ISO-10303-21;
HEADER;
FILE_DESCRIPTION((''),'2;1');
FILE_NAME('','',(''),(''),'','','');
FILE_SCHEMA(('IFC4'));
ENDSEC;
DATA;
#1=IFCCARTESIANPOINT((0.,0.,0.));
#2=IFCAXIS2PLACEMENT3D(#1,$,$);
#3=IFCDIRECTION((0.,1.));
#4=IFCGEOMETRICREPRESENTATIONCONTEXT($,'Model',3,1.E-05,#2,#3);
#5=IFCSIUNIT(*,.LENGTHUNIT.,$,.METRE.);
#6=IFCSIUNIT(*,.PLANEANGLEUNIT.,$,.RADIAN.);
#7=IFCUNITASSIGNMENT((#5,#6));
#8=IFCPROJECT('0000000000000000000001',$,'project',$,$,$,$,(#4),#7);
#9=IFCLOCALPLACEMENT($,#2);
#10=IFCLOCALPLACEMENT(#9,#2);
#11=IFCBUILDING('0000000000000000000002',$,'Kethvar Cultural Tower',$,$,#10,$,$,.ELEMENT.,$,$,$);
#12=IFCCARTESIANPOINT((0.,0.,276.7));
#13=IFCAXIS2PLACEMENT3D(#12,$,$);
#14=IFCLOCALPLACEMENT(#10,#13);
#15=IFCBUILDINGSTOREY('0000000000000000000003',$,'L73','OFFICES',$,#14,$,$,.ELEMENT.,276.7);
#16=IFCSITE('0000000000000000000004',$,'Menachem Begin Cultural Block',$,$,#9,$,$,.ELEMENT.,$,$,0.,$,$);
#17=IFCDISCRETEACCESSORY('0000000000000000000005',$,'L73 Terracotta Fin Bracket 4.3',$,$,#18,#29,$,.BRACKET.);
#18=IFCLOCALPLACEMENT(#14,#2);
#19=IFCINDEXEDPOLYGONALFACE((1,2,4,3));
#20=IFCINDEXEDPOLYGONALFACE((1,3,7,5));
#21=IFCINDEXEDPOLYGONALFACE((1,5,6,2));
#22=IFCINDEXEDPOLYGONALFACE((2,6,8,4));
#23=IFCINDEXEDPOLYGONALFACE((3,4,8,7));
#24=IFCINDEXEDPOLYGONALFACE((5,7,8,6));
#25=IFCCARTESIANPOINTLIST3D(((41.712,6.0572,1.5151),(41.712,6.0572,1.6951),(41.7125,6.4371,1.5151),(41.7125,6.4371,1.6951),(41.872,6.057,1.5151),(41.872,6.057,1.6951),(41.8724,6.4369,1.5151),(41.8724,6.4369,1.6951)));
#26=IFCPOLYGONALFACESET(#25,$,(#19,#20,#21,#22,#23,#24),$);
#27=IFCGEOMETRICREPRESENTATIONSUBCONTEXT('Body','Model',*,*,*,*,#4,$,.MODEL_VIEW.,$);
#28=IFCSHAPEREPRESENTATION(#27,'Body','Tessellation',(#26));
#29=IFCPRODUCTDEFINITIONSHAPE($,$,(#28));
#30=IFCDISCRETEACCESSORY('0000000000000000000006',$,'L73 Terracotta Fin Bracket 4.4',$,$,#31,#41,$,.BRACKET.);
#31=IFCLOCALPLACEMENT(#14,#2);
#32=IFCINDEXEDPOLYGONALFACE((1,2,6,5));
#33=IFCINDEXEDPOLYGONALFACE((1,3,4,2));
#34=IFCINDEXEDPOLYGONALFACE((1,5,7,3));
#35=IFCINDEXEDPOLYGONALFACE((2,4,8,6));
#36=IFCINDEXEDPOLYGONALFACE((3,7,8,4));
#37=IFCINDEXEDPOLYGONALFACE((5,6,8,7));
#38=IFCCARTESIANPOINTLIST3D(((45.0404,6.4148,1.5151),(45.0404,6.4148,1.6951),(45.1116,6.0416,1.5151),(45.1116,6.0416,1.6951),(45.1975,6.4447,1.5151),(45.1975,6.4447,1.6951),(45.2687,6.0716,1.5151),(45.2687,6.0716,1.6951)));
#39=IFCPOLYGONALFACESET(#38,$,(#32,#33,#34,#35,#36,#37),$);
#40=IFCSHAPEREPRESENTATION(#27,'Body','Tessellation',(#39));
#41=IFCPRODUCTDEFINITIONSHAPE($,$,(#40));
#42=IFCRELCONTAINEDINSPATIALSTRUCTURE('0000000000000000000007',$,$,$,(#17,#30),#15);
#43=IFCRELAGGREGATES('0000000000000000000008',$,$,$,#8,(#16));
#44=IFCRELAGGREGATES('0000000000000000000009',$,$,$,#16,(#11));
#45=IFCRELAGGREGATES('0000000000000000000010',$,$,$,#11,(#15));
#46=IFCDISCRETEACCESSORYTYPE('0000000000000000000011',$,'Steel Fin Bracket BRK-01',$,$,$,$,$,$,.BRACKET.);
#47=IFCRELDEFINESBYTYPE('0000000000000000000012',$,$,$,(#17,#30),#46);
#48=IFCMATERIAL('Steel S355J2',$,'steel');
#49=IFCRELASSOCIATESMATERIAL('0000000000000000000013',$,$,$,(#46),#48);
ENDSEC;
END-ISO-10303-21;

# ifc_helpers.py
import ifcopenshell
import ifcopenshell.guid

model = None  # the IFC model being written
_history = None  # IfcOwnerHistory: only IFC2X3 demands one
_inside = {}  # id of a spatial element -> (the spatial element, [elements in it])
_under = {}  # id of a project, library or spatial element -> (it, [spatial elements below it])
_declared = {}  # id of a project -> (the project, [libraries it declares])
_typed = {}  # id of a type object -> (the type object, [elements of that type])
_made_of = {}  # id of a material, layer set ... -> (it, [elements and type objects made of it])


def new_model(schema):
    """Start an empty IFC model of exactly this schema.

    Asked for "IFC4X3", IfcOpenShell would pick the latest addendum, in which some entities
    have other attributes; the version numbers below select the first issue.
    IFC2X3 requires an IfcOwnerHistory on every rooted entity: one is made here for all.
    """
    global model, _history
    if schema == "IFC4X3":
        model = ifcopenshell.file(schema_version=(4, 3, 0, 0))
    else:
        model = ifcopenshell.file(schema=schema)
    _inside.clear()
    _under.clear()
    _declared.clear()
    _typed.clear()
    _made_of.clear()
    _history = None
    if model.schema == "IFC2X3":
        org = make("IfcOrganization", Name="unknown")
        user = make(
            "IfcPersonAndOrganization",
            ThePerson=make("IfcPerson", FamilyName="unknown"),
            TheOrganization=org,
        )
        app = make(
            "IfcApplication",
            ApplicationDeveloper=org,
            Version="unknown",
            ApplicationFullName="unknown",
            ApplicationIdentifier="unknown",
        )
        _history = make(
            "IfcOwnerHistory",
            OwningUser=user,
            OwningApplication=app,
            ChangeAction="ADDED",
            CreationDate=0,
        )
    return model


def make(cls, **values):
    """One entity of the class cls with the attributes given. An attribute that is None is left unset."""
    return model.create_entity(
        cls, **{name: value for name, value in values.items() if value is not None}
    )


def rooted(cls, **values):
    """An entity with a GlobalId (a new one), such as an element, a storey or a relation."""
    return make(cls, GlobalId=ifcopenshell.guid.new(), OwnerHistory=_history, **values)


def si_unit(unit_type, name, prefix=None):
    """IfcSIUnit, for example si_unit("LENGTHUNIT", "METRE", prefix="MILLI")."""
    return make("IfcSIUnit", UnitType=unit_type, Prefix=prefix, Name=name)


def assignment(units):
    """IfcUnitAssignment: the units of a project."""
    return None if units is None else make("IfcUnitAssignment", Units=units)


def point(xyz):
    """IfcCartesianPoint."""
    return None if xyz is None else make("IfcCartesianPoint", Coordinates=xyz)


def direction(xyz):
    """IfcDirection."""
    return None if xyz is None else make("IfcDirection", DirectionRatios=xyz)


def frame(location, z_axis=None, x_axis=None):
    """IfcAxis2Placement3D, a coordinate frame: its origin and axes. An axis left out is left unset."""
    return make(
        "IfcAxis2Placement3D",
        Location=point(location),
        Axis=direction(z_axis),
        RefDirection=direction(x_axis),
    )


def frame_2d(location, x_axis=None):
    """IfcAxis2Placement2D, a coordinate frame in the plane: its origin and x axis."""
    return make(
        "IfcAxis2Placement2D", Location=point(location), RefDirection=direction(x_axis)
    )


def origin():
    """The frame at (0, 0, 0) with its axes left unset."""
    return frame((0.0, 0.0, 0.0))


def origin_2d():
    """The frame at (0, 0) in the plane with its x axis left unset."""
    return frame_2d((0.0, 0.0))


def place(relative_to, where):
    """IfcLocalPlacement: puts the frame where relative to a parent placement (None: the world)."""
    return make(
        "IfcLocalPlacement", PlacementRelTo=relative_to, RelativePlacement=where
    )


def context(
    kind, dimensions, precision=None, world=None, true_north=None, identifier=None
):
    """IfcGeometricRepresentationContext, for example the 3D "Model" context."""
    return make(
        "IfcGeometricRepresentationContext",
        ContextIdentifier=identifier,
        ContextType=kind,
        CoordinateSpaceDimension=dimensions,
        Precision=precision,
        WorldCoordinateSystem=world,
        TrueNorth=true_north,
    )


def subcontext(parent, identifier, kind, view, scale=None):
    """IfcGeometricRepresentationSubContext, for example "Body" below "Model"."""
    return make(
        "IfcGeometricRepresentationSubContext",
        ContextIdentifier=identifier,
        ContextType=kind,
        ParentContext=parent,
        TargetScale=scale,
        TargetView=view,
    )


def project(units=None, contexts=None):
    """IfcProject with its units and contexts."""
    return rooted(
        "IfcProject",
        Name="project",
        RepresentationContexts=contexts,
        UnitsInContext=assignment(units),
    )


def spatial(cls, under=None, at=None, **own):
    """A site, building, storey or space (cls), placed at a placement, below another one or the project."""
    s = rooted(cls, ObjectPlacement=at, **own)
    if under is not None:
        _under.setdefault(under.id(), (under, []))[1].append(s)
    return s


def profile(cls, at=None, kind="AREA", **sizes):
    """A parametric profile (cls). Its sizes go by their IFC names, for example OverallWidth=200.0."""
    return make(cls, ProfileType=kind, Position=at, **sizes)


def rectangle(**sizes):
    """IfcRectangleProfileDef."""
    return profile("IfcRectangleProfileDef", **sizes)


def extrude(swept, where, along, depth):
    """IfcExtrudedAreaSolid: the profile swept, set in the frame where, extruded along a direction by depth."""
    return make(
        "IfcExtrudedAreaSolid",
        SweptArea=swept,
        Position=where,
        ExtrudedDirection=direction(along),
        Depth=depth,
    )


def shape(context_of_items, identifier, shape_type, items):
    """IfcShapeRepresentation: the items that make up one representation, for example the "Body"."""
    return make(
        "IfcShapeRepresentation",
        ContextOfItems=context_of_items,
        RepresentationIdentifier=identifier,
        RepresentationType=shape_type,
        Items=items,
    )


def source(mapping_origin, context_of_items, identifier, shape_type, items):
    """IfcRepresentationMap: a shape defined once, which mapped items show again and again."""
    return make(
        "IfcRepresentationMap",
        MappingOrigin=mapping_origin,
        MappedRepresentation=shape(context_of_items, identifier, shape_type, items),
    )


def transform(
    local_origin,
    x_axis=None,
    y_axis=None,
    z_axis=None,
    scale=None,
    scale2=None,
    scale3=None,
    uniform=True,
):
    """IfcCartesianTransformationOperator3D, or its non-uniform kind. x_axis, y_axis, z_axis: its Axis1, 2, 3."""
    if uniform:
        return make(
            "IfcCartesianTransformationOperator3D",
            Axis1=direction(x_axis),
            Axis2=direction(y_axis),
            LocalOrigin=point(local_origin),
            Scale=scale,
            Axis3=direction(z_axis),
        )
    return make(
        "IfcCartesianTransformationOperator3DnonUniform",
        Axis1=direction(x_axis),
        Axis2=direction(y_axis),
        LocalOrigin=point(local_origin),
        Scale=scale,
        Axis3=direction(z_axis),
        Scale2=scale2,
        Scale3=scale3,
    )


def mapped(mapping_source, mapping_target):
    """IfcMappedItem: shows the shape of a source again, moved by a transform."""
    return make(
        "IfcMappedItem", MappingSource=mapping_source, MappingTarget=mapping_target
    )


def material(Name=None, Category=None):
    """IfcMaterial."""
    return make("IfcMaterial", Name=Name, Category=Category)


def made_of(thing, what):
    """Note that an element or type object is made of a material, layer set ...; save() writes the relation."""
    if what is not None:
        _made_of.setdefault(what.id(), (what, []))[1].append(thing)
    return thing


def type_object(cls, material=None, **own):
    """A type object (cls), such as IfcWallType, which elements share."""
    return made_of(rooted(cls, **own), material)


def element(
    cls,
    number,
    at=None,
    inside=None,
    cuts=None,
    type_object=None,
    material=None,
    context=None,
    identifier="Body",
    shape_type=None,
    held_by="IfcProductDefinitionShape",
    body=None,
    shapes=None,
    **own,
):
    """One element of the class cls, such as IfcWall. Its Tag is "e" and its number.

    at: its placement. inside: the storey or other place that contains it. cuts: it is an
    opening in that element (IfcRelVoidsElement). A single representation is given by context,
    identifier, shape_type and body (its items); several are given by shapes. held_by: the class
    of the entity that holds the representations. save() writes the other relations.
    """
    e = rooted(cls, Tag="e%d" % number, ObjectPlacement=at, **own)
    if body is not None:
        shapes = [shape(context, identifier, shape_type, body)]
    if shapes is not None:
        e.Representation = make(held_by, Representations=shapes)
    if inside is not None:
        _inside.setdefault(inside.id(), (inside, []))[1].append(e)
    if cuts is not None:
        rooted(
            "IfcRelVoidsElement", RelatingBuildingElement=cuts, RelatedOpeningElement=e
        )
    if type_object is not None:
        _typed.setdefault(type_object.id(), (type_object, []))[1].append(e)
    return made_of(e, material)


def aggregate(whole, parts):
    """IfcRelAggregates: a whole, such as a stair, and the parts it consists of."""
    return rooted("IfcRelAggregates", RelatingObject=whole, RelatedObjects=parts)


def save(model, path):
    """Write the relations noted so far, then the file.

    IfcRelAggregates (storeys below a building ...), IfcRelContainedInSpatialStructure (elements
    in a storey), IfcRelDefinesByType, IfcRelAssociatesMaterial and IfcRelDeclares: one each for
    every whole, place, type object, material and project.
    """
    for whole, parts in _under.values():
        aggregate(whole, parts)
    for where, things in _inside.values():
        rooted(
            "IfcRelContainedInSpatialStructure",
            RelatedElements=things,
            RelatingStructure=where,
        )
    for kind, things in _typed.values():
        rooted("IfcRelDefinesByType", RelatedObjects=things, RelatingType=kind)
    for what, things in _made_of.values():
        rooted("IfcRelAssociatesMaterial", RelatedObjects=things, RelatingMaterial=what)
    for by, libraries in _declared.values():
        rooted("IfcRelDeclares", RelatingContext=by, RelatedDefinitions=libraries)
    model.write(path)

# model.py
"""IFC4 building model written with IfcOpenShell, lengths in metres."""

from ifc_helpers import new_model, si_unit, direction, frame, origin, origin_2d, place, context, subcontext, project, spatial, rectangle, extrude, source, transform, mapped, material, type_object, element, save


model = new_model("IFC4")

# Units and contexts
model_context = context("Model", 3, precision=1e-05, world=origin(), true_north=direction((0.0, 1.0)))
body_context = subcontext(model_context, "Body", "Model", "MODEL_VIEW")
ifc_project = project(units=[si_unit("LENGTHUNIT", "METRE"), si_unit("PLANEANGLEUNIT", "RADIAN")], contexts=[model_context])

# Site, building, storey
site_placement = place(None, origin())
site = spatial("IfcSite", under=ifc_project, at=site_placement, Name="Menachem Begin Cultural Block", CompositionType="ELEMENT", RefElevation=0.0)
building_placement = place(site_placement, origin())
building = spatial("IfcBuilding", under=site, at=building_placement, Name="Kethvar Cultural Tower", CompositionType="ELEMENT")
storey_placement = place(building_placement, frame((0.0, 0.0, 276.7)))
storey = spatial("IfcBuildingStorey", under=building, at=storey_placement, Name="L73", Description="OFFICES", CompositionType="ELEMENT", Elevation=276.7)

# Shared definitions
ifc_material_1 = material(Name="Steel S355J2", Category="steel")

# Discrete accessories
discrete_accessory_type = type_object("IfcDiscreteAccessoryType", Name="Steel Fin Bracket BRK-01", PredefinedType="BRACKET", material=ifc_material_1)
shared_shape_1 = source(origin(), body_context, "Body", "SweptSolid", [
    extrude(rectangle(XDim=0.3799, YDim=0.1599, at=origin_2d()), origin(), (0.0, 0.0, 1.0), 0.1799),
])
for number, where, z_axis, x_axis, name in (
    (1, (41.7922, 6.2471, 1.5151), (0.0, 0.0, 1.0), (-0.001222, -0.999999, 0.0), "L73 Terracotta Fin Bracket 4.3"),
    (2, (45.1545, 6.2432, 1.5151), (0.0, 0.0, 1.0), (0.187381, -0.982287, 0.0), "L73 Terracotta Fin Bracket 4.4"),
):
    element("IfcDiscreteAccessory", number, at=place(storey_placement, frame(where, z_axis=z_axis, x_axis=x_axis)), inside=storey, type_object=discrete_accessory_type, Name=name, PredefinedType="BRACKET", context=body_context, shape_type="MappedRepresentation", body=[
        mapped(shared_shape_1, transform((0.0, 0.0, 0.0), scale=1.0)),
    ])

save(model, "model.ifc")
